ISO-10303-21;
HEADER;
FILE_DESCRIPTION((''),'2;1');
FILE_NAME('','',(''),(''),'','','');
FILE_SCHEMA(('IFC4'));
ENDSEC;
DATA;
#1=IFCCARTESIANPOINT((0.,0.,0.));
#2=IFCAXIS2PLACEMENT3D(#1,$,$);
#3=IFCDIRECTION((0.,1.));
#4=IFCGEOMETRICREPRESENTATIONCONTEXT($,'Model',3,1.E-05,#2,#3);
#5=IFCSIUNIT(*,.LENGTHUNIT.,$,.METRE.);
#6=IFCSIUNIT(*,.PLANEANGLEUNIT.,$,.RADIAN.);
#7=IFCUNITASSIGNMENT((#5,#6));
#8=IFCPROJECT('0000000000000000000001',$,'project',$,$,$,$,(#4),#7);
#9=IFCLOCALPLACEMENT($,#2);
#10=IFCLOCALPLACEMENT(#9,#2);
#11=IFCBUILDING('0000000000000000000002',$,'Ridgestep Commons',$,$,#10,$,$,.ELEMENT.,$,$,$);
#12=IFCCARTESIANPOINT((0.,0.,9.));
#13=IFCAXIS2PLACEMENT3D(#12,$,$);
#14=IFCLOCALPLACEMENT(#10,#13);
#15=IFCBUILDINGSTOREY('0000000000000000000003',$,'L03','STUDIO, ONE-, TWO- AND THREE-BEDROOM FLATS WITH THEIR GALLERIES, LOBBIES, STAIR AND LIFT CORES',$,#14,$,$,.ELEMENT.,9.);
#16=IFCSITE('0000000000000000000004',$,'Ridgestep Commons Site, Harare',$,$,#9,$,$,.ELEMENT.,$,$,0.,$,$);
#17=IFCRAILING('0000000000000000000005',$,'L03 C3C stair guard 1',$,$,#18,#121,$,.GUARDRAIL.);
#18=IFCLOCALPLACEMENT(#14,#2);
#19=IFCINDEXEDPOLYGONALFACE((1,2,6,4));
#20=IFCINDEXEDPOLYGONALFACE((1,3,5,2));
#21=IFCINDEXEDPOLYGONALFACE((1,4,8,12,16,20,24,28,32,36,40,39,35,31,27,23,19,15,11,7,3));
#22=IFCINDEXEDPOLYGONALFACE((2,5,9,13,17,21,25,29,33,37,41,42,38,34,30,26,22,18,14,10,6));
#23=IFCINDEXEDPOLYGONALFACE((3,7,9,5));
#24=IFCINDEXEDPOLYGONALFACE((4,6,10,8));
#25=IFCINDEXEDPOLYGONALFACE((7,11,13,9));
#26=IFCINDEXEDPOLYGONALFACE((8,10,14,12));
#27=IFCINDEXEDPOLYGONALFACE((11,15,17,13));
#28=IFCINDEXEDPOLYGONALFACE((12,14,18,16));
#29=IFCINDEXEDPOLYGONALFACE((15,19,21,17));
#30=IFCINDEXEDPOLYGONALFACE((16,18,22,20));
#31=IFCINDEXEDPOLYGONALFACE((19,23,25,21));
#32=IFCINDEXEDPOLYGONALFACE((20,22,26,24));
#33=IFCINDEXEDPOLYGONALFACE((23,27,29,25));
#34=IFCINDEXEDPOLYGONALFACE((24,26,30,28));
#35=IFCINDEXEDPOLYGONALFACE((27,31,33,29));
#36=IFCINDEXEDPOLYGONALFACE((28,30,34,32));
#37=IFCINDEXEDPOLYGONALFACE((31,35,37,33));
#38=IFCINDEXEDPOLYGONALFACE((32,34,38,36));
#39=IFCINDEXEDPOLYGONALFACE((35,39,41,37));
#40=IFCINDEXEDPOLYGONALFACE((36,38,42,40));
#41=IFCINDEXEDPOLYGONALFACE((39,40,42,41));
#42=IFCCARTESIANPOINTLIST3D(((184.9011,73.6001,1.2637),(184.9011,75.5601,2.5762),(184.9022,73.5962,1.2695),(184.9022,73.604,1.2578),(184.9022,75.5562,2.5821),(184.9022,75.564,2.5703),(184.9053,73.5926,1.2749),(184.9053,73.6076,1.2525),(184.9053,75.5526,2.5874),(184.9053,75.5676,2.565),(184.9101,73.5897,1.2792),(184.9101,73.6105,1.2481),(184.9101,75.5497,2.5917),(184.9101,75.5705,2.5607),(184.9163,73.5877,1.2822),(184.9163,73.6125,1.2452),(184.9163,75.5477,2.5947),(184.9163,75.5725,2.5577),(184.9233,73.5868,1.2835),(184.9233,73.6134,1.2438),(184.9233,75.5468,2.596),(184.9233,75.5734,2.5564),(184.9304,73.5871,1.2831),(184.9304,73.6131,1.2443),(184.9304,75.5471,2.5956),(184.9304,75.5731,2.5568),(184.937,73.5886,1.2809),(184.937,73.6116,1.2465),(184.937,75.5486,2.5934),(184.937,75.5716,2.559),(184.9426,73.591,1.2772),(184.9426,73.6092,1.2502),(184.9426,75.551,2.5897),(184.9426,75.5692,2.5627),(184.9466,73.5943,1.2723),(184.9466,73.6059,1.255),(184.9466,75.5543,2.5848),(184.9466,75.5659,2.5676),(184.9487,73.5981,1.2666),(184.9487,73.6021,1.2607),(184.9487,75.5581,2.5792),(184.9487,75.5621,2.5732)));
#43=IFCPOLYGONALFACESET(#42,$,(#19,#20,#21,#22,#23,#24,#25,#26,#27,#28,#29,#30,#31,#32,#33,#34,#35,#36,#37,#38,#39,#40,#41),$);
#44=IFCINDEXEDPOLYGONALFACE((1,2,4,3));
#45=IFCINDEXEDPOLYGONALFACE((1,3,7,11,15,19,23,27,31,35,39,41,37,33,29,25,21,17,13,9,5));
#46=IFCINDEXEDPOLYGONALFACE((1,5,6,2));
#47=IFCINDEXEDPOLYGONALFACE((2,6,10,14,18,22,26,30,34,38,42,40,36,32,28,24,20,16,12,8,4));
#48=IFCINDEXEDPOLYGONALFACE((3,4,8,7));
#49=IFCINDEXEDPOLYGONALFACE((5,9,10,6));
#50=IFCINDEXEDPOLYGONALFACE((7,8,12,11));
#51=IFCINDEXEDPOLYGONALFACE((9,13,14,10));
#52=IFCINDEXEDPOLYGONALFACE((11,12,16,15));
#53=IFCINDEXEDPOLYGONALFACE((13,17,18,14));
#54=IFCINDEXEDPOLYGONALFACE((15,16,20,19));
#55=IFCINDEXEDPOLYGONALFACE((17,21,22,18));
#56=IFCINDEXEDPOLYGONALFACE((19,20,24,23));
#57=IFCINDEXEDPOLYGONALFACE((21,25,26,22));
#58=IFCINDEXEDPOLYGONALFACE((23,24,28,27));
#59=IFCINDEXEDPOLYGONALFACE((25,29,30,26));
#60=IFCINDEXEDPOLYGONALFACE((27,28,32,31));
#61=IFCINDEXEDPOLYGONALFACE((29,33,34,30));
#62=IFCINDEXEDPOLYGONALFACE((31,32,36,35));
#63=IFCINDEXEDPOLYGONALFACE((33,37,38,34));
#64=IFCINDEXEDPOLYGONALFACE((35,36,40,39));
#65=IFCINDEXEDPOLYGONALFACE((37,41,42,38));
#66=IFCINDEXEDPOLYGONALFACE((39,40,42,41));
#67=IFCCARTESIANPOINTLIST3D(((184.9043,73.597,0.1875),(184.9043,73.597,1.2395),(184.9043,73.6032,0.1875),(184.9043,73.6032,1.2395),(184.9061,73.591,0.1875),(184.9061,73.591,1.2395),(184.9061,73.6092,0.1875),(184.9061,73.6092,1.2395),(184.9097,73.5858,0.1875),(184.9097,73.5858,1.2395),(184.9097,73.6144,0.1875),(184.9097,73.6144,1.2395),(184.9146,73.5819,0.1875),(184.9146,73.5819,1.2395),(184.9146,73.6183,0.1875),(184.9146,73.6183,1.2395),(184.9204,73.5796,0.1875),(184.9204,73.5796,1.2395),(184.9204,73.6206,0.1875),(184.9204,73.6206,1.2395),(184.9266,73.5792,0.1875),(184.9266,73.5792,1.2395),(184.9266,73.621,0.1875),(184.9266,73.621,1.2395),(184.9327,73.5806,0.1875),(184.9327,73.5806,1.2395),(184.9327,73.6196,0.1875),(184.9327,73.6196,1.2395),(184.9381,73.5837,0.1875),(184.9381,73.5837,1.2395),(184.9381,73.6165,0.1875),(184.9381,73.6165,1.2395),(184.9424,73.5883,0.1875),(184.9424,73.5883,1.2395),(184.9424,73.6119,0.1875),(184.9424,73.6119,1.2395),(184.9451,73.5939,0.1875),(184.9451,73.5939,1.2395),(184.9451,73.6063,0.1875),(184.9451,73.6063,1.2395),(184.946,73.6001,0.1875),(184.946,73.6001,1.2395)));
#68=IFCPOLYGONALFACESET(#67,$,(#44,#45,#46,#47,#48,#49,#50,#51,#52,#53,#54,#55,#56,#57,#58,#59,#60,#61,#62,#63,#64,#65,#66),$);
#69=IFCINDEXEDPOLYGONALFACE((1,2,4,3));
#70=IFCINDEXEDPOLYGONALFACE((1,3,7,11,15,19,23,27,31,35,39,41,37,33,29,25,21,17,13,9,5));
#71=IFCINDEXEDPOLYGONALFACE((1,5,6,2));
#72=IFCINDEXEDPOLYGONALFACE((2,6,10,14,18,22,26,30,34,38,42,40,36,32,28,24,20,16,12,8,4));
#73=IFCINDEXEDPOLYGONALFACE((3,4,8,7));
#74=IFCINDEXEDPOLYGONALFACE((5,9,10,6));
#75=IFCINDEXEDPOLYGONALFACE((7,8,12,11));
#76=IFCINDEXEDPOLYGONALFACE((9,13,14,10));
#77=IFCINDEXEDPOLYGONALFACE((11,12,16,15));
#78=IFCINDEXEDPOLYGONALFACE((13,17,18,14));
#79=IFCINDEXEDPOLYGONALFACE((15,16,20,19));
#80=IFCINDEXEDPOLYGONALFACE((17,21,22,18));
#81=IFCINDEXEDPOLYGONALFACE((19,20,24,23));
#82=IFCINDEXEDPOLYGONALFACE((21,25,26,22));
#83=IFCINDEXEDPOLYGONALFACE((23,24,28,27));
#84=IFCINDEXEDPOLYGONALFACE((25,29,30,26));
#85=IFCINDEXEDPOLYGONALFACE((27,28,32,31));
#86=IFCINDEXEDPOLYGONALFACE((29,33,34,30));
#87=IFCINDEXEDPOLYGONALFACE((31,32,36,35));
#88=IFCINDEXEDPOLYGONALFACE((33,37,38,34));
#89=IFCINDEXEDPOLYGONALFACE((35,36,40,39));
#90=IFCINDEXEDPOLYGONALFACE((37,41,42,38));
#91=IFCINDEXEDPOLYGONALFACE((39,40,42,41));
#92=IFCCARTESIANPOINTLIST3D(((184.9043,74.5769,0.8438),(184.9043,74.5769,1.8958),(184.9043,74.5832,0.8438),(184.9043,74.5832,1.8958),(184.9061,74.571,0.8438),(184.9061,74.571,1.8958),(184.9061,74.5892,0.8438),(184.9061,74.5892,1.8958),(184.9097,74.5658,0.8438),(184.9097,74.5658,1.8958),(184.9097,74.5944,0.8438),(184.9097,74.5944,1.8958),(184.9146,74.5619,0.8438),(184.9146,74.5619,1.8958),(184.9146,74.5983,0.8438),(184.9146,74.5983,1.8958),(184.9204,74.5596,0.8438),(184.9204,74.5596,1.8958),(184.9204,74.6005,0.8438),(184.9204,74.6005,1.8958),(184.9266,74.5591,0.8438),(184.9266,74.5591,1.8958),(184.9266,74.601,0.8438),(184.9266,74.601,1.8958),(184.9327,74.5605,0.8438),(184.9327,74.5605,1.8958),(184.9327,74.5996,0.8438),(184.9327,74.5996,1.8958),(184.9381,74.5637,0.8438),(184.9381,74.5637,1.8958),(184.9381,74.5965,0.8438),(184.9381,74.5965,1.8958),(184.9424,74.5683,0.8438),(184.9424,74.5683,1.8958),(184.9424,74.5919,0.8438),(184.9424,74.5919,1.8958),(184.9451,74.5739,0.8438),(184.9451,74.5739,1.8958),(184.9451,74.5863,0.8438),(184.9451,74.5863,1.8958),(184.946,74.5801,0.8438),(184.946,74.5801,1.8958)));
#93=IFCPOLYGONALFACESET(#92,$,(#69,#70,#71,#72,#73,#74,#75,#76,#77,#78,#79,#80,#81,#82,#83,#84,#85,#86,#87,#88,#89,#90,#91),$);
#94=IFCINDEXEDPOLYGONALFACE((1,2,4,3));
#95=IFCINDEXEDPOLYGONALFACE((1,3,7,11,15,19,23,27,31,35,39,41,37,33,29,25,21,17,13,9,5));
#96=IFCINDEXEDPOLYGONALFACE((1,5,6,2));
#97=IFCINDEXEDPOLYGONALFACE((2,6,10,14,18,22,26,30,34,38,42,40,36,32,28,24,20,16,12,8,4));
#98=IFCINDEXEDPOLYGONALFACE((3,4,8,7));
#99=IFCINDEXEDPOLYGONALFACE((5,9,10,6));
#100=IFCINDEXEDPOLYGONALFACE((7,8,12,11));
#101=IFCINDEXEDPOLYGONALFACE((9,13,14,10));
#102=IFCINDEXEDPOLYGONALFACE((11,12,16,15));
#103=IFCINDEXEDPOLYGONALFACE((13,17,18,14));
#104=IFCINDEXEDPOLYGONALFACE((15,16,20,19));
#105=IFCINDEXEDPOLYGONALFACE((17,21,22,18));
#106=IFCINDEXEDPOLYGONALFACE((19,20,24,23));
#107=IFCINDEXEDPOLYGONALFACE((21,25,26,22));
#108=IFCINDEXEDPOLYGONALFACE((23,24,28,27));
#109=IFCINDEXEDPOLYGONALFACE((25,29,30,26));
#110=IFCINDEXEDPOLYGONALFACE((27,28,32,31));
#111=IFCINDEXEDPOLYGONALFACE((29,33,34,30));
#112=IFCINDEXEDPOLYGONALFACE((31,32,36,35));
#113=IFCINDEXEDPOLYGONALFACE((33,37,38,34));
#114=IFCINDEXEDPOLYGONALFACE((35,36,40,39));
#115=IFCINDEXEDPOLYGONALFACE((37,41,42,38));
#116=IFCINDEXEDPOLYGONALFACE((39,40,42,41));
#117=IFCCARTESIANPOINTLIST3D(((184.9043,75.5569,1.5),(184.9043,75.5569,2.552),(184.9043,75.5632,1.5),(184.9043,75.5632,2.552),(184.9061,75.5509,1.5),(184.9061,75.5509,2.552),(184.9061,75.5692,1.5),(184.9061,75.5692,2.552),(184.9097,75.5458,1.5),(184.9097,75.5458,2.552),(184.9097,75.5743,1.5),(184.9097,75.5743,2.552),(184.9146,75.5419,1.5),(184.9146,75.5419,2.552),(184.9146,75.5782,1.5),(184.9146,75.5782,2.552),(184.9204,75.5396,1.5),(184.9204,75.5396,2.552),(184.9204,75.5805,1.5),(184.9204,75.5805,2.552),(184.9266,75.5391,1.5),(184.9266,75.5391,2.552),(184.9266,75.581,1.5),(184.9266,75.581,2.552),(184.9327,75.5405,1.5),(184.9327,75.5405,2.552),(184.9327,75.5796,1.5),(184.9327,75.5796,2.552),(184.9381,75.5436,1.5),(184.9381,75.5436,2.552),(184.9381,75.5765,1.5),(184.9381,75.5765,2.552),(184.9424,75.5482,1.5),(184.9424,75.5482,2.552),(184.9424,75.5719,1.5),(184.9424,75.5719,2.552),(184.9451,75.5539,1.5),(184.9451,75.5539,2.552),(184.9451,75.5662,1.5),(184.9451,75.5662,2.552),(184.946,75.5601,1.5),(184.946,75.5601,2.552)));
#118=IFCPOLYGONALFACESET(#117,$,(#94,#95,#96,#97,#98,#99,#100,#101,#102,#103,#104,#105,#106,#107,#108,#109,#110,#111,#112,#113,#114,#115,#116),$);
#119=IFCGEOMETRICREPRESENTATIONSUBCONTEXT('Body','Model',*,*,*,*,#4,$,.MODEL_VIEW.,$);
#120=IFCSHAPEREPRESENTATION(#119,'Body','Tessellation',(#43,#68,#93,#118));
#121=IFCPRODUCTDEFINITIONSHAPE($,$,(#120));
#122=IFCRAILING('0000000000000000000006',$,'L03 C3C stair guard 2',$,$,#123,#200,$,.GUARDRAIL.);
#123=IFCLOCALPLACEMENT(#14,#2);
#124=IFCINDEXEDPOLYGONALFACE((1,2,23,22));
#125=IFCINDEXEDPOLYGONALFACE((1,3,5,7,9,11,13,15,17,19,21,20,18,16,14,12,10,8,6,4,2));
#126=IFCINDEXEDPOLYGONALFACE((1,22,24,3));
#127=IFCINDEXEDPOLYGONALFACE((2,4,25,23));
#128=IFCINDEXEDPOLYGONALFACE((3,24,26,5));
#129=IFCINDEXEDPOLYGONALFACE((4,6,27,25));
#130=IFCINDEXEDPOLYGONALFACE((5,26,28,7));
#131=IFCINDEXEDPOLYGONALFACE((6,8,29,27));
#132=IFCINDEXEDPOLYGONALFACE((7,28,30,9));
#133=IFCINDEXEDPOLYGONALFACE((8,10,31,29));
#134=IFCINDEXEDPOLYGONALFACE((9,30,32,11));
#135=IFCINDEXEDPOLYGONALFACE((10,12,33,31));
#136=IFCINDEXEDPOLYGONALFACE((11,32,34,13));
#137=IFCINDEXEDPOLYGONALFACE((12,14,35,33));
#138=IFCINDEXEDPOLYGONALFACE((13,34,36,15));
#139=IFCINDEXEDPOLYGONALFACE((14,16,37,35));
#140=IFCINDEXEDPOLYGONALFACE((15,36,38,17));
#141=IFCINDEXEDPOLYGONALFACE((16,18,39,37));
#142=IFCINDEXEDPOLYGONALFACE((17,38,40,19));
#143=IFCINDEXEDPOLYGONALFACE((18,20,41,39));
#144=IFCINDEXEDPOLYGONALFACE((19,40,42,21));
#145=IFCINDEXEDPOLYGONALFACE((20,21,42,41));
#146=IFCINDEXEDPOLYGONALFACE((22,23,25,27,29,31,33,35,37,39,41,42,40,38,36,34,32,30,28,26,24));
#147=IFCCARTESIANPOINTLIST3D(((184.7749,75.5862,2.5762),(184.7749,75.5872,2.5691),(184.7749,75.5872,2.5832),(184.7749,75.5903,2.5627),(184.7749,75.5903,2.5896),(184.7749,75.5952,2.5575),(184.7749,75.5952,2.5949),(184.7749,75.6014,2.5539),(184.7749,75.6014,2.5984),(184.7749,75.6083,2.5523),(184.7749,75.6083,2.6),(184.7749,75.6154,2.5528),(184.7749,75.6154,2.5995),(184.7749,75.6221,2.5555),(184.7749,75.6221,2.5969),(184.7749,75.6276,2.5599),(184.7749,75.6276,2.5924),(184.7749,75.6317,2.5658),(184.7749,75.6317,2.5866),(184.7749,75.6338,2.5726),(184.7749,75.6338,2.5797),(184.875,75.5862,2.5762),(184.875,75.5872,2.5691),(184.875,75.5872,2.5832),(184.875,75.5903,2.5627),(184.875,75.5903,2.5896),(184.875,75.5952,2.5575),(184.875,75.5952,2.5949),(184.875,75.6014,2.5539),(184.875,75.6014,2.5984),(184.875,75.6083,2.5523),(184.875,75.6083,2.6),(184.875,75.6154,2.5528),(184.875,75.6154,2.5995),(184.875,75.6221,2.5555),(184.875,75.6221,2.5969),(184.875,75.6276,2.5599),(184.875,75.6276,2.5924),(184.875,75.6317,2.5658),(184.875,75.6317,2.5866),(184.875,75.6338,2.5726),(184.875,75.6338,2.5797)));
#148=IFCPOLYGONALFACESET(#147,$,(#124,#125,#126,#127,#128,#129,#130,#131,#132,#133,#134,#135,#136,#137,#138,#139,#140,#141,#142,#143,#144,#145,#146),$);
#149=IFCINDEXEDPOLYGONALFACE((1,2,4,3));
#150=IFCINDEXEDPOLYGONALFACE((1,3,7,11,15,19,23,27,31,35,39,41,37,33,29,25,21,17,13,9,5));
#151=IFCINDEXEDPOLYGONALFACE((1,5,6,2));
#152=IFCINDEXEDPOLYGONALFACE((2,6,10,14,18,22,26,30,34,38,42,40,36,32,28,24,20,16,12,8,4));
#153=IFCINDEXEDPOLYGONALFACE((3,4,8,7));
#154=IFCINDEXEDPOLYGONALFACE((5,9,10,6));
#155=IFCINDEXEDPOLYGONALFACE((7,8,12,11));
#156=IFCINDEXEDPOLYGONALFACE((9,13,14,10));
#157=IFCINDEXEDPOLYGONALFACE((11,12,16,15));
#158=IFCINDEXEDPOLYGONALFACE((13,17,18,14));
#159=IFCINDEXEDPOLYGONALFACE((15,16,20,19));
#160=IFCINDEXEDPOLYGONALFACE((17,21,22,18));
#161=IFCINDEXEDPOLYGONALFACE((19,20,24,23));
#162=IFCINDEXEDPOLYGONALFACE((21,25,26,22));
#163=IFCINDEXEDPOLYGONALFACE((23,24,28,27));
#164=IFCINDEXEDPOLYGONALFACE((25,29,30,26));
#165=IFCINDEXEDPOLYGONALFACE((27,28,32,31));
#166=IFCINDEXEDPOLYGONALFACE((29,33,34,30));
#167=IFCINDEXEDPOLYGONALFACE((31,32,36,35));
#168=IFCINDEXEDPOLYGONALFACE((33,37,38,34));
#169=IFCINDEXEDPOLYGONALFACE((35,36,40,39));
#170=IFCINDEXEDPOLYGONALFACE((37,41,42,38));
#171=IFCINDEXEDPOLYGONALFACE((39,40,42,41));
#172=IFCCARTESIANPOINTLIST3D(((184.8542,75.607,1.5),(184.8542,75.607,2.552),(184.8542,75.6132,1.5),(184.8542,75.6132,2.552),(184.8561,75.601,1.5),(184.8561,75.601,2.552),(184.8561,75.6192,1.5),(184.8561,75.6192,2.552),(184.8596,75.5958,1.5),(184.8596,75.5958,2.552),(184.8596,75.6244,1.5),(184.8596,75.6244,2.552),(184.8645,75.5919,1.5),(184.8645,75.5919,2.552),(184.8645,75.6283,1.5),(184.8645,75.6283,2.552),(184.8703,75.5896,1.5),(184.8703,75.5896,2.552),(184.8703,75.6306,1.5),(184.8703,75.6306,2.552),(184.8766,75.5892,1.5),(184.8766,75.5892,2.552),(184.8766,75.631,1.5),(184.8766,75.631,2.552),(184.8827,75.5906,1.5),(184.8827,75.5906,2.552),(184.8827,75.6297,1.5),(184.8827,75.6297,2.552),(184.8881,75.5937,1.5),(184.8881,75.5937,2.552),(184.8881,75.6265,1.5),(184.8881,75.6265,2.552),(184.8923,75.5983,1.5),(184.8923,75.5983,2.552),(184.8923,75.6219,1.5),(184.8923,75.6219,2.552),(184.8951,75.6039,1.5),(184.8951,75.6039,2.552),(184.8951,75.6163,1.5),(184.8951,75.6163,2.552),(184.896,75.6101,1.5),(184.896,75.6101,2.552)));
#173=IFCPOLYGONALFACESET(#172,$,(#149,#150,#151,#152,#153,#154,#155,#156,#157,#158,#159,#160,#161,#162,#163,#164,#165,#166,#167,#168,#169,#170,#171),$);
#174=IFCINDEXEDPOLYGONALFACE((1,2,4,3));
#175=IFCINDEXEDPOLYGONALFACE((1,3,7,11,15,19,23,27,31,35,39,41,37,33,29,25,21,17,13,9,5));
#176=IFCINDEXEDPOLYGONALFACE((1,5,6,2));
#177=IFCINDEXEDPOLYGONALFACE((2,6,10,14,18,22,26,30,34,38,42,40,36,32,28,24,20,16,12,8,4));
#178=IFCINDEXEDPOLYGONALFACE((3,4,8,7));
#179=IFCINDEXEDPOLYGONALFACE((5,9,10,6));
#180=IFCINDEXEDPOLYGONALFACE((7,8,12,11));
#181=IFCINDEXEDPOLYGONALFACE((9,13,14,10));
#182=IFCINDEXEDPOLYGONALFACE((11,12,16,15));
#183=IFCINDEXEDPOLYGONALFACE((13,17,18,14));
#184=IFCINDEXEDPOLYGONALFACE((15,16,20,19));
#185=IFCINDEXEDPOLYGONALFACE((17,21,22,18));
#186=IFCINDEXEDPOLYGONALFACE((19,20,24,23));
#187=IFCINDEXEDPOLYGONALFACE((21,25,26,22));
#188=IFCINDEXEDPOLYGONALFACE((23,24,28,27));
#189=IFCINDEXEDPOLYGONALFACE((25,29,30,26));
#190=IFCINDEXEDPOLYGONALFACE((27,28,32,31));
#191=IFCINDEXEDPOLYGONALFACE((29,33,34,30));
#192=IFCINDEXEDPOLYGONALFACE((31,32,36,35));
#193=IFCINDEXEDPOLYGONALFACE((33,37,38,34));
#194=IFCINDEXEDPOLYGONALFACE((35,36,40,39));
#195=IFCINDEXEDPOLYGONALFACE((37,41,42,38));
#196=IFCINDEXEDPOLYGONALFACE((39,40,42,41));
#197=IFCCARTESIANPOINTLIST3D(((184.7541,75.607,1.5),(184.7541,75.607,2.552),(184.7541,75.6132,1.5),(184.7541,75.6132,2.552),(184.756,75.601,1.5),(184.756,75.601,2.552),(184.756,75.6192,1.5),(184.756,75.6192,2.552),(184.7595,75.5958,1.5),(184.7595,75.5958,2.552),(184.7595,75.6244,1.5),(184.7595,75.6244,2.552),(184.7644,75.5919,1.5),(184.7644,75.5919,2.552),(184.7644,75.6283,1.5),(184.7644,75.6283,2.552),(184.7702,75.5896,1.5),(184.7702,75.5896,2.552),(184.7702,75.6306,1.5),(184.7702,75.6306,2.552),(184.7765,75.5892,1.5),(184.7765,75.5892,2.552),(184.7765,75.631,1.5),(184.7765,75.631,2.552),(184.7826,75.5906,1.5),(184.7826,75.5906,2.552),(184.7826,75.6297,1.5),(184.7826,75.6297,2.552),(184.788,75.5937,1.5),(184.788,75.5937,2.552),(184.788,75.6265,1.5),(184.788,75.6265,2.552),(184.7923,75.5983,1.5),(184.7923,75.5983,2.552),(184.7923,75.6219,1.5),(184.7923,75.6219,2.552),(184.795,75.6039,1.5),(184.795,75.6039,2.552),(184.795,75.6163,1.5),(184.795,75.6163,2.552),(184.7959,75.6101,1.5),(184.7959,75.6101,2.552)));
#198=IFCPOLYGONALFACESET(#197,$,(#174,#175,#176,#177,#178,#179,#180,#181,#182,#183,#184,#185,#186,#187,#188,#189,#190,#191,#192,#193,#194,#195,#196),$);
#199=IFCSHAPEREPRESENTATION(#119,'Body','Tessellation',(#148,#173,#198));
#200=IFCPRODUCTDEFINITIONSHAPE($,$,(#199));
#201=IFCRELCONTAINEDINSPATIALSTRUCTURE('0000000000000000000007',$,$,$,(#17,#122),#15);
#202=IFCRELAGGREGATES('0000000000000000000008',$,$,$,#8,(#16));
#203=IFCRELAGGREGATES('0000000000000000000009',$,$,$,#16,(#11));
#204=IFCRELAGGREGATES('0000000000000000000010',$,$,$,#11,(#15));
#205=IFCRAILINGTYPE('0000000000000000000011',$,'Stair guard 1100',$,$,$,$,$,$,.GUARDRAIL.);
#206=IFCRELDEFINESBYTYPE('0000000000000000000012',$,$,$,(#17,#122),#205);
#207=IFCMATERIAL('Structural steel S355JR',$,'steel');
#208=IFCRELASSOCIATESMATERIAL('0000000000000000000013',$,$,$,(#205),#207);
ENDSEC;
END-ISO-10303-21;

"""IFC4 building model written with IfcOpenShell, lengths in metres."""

from ifc_helpers import new_model, si_unit, direction, frame, origin, origin_2d, place, context, subcontext, project, spatial, circle, extrude, material, type_object, element, save


model = new_model("IFC4")

# Units and contexts
model_context = context("Model", 3, precision=1e-05, world=origin(), true_north=direction((0.0, 1.0)))
body_context = subcontext(model_context, "Body", "Model", "MODEL_VIEW")
ifc_project = project(units=[si_unit("LENGTHUNIT", "METRE"), si_unit("PLANEANGLEUNIT", "RADIAN")], contexts=[model_context])

# Site, building, storey
site_placement = place(None, origin())
site = spatial("IfcSite", under=ifc_project, at=site_placement, Name="Ridgestep Commons Site, Harare", CompositionType="ELEMENT", RefElevation=0.0)
building_placement = place(site_placement, origin())
building = spatial("IfcBuilding", under=site, at=building_placement, Name="Ridgestep Commons", CompositionType="ELEMENT")
storey_placement = place(building_placement, frame((0.0, 0.0, 9.0)))
storey = spatial("IfcBuildingStorey", under=building, at=storey_placement, Name="L03", Description="STUDIO, ONE-, TWO- AND THREE-BEDROOM FLATS WITH THEIR GALLERIES, LOBBIES, STAIR AND LIFT CORES", CompositionType="ELEMENT", Elevation=9.0)

# Railings
ifc_material_1 = material(Name="Structural steel S355JR", Category="steel")
railing_type_1 = type_object("IfcRailingType", Name="Stair guard 1100", PredefinedType="GUARDRAIL", material=ifc_material_1)
railing_1_placement = place(storey_placement, frame((184.925, 73.6001, 0.1875)))
element("IfcRailing", 1, at=railing_1_placement, inside=storey, type_object=railing_type_1, Name="L03 C3C stair guard 1", PredefinedType="GUARDRAIL", context=body_context, shape_type="SweptSolid", body=[
    extrude(circle(Radius=0.0239, at=origin_2d()), frame((0.0, 0.0, 1.0762), z_axis=(0.0, 0.830902, 0.556419), x_axis=(-1.0, 0.0, 0.0)), (0.0, 0.0, 1.0), 2.3589),
    extrude(circle(Radius=0.021, at=origin_2d()), origin(), (0.0, 0.0, 1.0), 1.052),
    extrude(circle(Radius=0.021, at=origin_2d()), frame((0.0, 0.98, 0.6562)), (0.0, 0.0, 1.0), 1.052),
    extrude(circle(Radius=0.021, at=origin_2d()), frame((0.0, 1.96, 1.3125)), (0.0, 0.0, 1.0), 1.052),
])
railing_2_placement = place(storey_placement, frame((184.875, 75.6101, 1.5)))
element("IfcRailing", 2, at=railing_2_placement, inside=storey, type_object=railing_type_1, Name="L03 C3C stair guard 2", PredefinedType="GUARDRAIL", context=body_context, shape_type="SweptSolid", body=[
    extrude(circle(Radius=0.0239, at=origin_2d()), frame((0.0, 0.0, 1.0762), z_axis=(-1.0, 0.0, 0.0), x_axis=(0.0, -1.0, 0.0)), (0.0, 0.0, 1.0), 0.1001),
    extrude(circle(Radius=0.021, at=origin_2d()), origin(), (0.0, 0.0, 1.0), 1.052),
    extrude(circle(Radius=0.021, at=origin_2d()), frame((-0.1001, 0.0, 0.0)), (0.0, 0.0, 1.0), 1.052),
])

save(model, "model.ifc")
